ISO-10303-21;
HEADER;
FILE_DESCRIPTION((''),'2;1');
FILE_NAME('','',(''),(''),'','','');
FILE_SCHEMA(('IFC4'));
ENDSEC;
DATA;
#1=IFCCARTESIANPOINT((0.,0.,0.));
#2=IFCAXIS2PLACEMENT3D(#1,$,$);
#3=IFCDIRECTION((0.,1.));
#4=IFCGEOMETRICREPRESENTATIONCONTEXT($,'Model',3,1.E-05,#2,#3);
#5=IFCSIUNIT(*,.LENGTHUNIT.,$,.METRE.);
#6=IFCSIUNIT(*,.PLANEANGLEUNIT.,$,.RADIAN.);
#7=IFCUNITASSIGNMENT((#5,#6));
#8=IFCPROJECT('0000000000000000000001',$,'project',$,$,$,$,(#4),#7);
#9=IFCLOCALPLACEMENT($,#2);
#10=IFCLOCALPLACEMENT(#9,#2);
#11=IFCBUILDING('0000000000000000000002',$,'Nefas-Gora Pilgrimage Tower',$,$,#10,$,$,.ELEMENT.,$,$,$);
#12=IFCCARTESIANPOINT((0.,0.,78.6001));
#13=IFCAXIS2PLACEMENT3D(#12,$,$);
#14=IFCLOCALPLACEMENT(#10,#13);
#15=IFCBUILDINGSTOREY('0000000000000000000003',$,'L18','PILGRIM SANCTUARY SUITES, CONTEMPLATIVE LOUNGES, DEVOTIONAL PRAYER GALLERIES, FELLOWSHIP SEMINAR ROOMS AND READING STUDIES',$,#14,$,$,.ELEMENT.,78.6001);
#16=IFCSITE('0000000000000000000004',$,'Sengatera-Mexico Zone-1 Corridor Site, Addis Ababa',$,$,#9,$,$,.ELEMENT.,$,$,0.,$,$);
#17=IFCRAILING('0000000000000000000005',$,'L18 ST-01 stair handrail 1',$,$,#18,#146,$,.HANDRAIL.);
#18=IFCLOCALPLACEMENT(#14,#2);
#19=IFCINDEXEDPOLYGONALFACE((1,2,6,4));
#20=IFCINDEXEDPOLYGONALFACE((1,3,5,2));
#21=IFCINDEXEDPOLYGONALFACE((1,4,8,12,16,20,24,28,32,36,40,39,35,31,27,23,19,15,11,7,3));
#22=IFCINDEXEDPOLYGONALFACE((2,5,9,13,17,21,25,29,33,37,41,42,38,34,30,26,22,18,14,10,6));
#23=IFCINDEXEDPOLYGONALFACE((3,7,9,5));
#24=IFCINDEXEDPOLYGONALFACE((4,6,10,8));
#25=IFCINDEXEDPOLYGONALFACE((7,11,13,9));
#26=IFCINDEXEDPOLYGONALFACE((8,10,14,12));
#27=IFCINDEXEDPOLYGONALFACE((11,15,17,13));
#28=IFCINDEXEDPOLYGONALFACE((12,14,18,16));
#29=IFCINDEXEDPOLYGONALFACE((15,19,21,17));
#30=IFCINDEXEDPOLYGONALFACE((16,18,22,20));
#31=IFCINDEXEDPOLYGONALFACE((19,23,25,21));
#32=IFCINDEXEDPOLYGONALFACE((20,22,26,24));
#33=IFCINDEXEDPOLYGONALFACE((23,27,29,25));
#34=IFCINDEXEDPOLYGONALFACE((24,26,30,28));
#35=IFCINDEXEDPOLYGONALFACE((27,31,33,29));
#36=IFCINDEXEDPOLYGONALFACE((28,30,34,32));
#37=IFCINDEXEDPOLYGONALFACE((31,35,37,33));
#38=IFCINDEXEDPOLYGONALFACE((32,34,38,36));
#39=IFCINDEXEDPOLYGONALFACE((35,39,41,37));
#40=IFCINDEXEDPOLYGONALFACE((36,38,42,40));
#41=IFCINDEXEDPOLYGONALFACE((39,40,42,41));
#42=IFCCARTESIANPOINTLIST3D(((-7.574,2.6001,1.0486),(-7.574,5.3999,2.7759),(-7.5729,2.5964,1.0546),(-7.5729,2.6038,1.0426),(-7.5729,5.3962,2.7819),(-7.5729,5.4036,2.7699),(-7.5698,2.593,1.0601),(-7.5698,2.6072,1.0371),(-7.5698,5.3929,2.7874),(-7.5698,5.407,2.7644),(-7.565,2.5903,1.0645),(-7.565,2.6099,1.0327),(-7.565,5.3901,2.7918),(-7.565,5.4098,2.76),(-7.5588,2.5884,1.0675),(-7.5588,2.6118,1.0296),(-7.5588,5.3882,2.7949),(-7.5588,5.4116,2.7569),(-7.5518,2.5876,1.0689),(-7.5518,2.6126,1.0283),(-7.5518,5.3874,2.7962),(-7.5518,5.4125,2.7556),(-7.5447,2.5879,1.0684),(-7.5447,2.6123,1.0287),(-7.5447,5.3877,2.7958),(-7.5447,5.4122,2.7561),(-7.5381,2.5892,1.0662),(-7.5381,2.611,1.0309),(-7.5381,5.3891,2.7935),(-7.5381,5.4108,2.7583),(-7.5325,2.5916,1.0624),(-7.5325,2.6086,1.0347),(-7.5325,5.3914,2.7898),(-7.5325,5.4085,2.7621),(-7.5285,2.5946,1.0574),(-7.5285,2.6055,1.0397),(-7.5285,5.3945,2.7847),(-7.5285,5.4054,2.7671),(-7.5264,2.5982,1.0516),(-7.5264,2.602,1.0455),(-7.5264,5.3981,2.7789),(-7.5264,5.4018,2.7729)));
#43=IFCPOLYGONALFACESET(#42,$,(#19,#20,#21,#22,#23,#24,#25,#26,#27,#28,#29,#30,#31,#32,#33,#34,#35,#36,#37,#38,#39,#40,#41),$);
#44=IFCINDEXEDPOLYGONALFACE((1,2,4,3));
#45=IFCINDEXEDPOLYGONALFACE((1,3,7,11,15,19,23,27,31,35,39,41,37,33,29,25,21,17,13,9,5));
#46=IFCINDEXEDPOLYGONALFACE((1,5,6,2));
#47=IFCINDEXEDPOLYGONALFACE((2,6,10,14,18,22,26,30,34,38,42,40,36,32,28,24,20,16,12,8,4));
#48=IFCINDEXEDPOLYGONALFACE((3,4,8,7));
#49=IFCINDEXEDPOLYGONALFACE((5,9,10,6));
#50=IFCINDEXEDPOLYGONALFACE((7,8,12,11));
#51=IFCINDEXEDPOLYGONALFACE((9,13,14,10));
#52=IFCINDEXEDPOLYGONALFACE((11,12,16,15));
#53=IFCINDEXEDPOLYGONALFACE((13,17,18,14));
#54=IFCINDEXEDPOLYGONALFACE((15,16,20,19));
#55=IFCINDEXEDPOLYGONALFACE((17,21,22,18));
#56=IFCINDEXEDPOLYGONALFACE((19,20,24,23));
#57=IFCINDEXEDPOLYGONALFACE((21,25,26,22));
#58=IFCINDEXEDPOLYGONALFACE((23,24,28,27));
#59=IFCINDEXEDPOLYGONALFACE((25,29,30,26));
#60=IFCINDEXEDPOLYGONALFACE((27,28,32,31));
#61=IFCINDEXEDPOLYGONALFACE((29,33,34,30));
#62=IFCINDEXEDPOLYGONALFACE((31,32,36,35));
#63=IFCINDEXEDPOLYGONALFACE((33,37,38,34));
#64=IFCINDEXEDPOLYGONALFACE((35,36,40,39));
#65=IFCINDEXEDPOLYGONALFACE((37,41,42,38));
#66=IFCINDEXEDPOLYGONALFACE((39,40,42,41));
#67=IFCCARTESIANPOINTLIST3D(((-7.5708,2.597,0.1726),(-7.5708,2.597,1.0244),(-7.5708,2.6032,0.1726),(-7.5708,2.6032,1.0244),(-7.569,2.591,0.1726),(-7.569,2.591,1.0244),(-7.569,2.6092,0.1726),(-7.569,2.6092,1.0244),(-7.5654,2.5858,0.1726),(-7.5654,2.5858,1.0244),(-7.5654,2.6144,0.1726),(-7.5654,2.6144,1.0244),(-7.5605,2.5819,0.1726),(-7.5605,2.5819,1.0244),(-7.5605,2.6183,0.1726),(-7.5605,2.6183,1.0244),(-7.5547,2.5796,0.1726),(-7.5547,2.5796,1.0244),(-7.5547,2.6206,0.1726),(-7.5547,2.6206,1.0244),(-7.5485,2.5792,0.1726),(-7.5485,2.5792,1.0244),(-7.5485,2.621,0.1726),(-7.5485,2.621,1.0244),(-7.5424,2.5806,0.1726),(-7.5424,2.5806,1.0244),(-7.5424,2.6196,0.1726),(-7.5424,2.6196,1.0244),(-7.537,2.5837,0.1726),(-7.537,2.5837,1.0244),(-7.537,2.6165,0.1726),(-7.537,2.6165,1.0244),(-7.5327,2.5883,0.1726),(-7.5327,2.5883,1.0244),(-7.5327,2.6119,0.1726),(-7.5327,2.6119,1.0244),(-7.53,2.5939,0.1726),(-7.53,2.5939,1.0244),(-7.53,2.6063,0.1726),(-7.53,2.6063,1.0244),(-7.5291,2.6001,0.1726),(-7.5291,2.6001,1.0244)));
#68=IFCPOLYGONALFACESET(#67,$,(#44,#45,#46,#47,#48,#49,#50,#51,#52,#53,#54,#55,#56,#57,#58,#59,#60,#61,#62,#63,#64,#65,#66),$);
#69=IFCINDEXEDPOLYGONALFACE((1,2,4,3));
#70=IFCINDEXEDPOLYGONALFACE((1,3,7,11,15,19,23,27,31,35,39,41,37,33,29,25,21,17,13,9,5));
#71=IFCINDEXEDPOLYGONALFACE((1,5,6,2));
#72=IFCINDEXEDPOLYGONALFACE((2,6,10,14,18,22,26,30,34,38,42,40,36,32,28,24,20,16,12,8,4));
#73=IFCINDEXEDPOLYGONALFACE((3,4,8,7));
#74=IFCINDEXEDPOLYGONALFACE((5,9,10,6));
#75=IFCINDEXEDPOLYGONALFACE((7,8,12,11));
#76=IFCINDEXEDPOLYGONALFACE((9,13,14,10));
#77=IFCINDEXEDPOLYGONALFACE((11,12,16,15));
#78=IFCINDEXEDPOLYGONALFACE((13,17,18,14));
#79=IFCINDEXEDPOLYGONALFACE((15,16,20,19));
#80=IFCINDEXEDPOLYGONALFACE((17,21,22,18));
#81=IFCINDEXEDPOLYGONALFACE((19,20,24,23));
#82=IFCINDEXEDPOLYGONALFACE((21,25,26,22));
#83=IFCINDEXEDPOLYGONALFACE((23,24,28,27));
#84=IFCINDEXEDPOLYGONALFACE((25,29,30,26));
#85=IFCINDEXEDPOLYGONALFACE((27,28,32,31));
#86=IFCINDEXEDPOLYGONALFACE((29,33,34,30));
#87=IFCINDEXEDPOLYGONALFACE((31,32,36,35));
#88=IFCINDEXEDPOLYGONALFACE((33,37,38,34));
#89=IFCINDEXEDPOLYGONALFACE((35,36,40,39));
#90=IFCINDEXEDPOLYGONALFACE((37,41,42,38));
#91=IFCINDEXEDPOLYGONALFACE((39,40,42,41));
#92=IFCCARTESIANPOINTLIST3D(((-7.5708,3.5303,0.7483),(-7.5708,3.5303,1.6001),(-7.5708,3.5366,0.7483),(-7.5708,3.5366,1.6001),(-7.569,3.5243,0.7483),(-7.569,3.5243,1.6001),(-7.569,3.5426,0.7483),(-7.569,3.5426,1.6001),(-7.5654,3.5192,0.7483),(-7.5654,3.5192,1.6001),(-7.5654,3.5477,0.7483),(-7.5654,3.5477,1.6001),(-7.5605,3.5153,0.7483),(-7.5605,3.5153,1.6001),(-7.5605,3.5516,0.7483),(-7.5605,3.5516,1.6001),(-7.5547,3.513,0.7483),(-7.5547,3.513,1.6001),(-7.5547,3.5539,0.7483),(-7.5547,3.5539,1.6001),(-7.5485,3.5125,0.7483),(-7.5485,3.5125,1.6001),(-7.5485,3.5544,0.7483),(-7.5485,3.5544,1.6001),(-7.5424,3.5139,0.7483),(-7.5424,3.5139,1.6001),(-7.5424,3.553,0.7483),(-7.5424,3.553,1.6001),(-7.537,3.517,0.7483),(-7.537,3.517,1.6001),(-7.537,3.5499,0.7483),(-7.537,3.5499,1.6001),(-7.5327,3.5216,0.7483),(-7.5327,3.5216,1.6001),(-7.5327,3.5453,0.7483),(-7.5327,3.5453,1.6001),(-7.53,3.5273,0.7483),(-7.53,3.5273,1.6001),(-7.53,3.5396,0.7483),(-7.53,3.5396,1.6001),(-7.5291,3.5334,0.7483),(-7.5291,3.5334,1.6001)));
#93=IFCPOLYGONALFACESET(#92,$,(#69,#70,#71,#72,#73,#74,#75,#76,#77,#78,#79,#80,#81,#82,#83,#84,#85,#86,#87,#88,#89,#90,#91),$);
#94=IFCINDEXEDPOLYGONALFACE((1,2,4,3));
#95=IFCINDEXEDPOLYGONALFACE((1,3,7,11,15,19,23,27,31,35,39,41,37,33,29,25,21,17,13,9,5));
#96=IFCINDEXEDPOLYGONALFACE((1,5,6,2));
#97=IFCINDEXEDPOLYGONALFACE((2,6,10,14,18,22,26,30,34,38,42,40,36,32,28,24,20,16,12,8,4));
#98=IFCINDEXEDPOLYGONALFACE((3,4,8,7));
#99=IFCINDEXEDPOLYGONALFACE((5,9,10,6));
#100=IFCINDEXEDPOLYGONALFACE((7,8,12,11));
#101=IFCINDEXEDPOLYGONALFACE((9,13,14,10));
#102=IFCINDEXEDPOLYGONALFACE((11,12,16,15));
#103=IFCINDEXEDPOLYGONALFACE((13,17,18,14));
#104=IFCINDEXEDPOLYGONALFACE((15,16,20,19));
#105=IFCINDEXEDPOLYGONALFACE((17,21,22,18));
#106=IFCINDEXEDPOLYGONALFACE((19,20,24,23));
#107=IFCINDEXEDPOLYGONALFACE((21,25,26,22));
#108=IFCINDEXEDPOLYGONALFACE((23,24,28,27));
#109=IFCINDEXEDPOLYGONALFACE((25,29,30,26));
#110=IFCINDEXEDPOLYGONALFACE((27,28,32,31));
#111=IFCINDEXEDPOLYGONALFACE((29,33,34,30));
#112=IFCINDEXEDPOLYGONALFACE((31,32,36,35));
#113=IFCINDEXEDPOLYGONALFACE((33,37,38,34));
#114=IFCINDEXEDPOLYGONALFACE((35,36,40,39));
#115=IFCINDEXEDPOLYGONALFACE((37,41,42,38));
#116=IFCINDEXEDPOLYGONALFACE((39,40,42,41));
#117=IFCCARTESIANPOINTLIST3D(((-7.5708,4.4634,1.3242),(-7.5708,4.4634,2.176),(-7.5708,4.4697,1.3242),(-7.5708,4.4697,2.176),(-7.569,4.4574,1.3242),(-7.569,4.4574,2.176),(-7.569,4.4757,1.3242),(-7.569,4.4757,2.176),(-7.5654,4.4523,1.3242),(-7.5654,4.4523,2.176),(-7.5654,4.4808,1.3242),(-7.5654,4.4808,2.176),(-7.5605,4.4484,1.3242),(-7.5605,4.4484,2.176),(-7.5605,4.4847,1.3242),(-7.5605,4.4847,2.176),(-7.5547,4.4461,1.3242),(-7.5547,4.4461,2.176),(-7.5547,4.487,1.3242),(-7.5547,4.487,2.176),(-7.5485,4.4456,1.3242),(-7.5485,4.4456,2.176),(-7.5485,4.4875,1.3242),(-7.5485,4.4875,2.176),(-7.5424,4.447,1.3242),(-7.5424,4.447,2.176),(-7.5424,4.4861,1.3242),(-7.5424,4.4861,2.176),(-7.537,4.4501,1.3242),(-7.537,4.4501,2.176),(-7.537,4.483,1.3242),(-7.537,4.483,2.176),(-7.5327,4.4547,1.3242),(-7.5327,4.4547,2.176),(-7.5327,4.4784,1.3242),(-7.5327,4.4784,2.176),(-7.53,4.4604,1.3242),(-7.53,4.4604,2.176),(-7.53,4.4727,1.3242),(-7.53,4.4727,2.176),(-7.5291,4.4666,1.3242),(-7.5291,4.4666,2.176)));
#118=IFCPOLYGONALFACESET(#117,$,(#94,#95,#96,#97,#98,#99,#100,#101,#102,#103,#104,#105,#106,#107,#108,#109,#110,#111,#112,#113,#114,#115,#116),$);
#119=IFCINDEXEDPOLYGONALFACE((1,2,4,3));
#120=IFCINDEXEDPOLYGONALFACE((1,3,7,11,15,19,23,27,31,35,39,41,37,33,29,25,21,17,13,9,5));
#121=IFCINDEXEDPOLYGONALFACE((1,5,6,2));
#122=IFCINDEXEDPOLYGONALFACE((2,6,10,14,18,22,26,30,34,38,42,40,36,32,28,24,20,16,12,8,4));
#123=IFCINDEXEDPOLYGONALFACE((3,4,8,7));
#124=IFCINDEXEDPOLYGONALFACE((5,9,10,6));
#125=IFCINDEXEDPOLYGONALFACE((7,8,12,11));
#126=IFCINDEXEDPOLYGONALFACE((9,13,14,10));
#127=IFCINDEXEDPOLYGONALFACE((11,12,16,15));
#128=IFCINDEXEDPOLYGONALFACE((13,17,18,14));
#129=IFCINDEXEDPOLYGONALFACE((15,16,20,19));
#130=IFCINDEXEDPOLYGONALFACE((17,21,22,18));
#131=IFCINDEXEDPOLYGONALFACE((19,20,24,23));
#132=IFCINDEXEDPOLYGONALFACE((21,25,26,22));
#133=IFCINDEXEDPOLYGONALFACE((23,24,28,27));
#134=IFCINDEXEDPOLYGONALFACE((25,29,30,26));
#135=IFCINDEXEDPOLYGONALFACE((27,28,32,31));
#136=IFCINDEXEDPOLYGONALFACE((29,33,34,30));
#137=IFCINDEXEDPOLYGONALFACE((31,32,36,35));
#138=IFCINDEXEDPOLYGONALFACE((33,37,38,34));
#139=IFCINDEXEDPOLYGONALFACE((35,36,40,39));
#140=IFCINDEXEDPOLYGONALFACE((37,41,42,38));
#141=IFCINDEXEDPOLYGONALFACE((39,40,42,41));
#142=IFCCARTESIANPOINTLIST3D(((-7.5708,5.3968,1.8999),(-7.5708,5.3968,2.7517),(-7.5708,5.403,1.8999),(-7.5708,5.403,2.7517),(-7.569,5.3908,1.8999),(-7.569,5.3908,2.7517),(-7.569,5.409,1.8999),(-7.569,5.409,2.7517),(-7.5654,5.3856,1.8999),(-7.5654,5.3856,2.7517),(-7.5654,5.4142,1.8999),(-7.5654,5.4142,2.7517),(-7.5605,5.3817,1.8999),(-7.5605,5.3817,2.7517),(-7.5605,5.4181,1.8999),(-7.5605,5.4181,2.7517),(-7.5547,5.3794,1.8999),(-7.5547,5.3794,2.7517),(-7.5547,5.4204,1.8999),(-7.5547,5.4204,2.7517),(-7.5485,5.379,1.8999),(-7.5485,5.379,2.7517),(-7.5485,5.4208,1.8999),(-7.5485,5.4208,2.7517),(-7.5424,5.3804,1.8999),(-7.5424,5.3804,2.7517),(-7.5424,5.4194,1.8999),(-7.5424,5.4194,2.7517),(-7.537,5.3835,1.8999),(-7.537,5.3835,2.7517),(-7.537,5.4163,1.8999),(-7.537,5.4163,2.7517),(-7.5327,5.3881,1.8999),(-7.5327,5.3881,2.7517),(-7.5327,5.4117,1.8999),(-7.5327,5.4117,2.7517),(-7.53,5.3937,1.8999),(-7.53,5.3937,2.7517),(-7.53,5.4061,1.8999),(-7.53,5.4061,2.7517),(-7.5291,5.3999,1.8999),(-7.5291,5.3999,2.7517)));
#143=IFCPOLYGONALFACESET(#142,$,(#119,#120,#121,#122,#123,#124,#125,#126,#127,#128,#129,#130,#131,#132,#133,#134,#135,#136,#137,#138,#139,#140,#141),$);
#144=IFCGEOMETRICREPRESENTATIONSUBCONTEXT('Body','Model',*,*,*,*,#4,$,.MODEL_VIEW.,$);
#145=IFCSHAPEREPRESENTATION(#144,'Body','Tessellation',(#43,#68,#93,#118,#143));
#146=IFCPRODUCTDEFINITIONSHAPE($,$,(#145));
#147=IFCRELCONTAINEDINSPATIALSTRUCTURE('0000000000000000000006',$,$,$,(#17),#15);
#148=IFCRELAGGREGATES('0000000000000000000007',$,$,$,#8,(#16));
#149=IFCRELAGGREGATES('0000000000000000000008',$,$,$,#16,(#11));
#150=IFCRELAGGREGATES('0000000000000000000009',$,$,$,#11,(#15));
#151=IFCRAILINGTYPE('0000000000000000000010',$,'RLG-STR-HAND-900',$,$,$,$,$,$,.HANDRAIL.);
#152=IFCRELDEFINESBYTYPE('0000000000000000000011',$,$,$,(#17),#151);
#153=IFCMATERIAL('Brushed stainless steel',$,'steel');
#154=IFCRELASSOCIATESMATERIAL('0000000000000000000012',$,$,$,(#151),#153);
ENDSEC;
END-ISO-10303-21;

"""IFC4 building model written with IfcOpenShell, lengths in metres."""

from ifc_helpers import new_model, si_unit, direction, frame, origin, origin_2d, place, context, subcontext, project, spatial, circle, extrude, material, type_object, element, save


model = new_model("IFC4")

# Units and contexts
model_context = context("Model", 3, precision=1e-05, world=origin(), true_north=direction((0.0, 1.0)))
body_context = subcontext(model_context, "Body", "Model", "MODEL_VIEW")
ifc_project = project(units=[si_unit("LENGTHUNIT", "METRE"), si_unit("PLANEANGLEUNIT", "RADIAN")], contexts=[model_context])

# Site, building, storey
site_placement = place(None, origin())
site = spatial("IfcSite", under=ifc_project, at=site_placement, Name="Sengatera-Mexico Zone-1 Corridor Site, Addis Ababa", CompositionType="ELEMENT", RefElevation=0.0)
building_placement = place(site_placement, origin())
building = spatial("IfcBuilding", under=site, at=building_placement, Name="Nefas-Gora Pilgrimage Tower", CompositionType="ELEMENT")
storey_placement = place(building_placement, frame((0.0, 0.0, 78.6001)))
storey = spatial("IfcBuildingStorey", under=building, at=storey_placement, Name="L18", Description="PILGRIM SANCTUARY SUITES, CONTEMPLATIVE LOUNGES, DEVOTIONAL PRAYER GALLERIES, FELLOWSHIP SEMINAR ROOMS AND READING STUDIES", CompositionType="ELEMENT", Elevation=78.6001)

# Railing
ifc_material_1 = material(Name="Brushed stainless steel", Category="steel")
railing_type_1 = type_object("IfcRailingType", Name="RLG-STR-HAND-900", PredefinedType="HANDRAIL", material=ifc_material_1)
railing_1_placement = place(storey_placement, frame((-7.55, 2.6001, 0.1726)))
element("IfcRailing", 1, at=railing_1_placement, inside=storey, type_object=railing_type_1, Name="L18 ST-01 stair handrail 1", PredefinedType="HANDRAIL", context=body_context, shape_type="SweptSolid", body=[
    extrude(circle(Radius=0.0239, at=origin_2d()), frame((0.0, 0.0, 0.876), z_axis=(0.0, 0.851069, 0.525054), x_axis=(-1.0, 0.0, 0.0)), (0.0, 0.0, 1.0), 3.2898),
    extrude(circle(Radius=0.021, at=origin_2d()), origin(), (0.0, 0.0, 1.0), 0.8518),
    extrude(circle(Radius=0.021, at=origin_2d()), frame((0.0, 0.9333, 0.5757)), (0.0, 0.0, 1.0), 0.8518),
    extrude(circle(Radius=0.021, at=origin_2d()), frame((0.0, 1.8665, 1.1516)), (0.0, 0.0, 1.0), 0.8518),
    extrude(circle(Radius=0.021, at=origin_2d()), frame((0.0, 2.7998, 1.7273)), (0.0, 0.0, 1.0), 0.8518),
])

save(model, "model.ifc")
